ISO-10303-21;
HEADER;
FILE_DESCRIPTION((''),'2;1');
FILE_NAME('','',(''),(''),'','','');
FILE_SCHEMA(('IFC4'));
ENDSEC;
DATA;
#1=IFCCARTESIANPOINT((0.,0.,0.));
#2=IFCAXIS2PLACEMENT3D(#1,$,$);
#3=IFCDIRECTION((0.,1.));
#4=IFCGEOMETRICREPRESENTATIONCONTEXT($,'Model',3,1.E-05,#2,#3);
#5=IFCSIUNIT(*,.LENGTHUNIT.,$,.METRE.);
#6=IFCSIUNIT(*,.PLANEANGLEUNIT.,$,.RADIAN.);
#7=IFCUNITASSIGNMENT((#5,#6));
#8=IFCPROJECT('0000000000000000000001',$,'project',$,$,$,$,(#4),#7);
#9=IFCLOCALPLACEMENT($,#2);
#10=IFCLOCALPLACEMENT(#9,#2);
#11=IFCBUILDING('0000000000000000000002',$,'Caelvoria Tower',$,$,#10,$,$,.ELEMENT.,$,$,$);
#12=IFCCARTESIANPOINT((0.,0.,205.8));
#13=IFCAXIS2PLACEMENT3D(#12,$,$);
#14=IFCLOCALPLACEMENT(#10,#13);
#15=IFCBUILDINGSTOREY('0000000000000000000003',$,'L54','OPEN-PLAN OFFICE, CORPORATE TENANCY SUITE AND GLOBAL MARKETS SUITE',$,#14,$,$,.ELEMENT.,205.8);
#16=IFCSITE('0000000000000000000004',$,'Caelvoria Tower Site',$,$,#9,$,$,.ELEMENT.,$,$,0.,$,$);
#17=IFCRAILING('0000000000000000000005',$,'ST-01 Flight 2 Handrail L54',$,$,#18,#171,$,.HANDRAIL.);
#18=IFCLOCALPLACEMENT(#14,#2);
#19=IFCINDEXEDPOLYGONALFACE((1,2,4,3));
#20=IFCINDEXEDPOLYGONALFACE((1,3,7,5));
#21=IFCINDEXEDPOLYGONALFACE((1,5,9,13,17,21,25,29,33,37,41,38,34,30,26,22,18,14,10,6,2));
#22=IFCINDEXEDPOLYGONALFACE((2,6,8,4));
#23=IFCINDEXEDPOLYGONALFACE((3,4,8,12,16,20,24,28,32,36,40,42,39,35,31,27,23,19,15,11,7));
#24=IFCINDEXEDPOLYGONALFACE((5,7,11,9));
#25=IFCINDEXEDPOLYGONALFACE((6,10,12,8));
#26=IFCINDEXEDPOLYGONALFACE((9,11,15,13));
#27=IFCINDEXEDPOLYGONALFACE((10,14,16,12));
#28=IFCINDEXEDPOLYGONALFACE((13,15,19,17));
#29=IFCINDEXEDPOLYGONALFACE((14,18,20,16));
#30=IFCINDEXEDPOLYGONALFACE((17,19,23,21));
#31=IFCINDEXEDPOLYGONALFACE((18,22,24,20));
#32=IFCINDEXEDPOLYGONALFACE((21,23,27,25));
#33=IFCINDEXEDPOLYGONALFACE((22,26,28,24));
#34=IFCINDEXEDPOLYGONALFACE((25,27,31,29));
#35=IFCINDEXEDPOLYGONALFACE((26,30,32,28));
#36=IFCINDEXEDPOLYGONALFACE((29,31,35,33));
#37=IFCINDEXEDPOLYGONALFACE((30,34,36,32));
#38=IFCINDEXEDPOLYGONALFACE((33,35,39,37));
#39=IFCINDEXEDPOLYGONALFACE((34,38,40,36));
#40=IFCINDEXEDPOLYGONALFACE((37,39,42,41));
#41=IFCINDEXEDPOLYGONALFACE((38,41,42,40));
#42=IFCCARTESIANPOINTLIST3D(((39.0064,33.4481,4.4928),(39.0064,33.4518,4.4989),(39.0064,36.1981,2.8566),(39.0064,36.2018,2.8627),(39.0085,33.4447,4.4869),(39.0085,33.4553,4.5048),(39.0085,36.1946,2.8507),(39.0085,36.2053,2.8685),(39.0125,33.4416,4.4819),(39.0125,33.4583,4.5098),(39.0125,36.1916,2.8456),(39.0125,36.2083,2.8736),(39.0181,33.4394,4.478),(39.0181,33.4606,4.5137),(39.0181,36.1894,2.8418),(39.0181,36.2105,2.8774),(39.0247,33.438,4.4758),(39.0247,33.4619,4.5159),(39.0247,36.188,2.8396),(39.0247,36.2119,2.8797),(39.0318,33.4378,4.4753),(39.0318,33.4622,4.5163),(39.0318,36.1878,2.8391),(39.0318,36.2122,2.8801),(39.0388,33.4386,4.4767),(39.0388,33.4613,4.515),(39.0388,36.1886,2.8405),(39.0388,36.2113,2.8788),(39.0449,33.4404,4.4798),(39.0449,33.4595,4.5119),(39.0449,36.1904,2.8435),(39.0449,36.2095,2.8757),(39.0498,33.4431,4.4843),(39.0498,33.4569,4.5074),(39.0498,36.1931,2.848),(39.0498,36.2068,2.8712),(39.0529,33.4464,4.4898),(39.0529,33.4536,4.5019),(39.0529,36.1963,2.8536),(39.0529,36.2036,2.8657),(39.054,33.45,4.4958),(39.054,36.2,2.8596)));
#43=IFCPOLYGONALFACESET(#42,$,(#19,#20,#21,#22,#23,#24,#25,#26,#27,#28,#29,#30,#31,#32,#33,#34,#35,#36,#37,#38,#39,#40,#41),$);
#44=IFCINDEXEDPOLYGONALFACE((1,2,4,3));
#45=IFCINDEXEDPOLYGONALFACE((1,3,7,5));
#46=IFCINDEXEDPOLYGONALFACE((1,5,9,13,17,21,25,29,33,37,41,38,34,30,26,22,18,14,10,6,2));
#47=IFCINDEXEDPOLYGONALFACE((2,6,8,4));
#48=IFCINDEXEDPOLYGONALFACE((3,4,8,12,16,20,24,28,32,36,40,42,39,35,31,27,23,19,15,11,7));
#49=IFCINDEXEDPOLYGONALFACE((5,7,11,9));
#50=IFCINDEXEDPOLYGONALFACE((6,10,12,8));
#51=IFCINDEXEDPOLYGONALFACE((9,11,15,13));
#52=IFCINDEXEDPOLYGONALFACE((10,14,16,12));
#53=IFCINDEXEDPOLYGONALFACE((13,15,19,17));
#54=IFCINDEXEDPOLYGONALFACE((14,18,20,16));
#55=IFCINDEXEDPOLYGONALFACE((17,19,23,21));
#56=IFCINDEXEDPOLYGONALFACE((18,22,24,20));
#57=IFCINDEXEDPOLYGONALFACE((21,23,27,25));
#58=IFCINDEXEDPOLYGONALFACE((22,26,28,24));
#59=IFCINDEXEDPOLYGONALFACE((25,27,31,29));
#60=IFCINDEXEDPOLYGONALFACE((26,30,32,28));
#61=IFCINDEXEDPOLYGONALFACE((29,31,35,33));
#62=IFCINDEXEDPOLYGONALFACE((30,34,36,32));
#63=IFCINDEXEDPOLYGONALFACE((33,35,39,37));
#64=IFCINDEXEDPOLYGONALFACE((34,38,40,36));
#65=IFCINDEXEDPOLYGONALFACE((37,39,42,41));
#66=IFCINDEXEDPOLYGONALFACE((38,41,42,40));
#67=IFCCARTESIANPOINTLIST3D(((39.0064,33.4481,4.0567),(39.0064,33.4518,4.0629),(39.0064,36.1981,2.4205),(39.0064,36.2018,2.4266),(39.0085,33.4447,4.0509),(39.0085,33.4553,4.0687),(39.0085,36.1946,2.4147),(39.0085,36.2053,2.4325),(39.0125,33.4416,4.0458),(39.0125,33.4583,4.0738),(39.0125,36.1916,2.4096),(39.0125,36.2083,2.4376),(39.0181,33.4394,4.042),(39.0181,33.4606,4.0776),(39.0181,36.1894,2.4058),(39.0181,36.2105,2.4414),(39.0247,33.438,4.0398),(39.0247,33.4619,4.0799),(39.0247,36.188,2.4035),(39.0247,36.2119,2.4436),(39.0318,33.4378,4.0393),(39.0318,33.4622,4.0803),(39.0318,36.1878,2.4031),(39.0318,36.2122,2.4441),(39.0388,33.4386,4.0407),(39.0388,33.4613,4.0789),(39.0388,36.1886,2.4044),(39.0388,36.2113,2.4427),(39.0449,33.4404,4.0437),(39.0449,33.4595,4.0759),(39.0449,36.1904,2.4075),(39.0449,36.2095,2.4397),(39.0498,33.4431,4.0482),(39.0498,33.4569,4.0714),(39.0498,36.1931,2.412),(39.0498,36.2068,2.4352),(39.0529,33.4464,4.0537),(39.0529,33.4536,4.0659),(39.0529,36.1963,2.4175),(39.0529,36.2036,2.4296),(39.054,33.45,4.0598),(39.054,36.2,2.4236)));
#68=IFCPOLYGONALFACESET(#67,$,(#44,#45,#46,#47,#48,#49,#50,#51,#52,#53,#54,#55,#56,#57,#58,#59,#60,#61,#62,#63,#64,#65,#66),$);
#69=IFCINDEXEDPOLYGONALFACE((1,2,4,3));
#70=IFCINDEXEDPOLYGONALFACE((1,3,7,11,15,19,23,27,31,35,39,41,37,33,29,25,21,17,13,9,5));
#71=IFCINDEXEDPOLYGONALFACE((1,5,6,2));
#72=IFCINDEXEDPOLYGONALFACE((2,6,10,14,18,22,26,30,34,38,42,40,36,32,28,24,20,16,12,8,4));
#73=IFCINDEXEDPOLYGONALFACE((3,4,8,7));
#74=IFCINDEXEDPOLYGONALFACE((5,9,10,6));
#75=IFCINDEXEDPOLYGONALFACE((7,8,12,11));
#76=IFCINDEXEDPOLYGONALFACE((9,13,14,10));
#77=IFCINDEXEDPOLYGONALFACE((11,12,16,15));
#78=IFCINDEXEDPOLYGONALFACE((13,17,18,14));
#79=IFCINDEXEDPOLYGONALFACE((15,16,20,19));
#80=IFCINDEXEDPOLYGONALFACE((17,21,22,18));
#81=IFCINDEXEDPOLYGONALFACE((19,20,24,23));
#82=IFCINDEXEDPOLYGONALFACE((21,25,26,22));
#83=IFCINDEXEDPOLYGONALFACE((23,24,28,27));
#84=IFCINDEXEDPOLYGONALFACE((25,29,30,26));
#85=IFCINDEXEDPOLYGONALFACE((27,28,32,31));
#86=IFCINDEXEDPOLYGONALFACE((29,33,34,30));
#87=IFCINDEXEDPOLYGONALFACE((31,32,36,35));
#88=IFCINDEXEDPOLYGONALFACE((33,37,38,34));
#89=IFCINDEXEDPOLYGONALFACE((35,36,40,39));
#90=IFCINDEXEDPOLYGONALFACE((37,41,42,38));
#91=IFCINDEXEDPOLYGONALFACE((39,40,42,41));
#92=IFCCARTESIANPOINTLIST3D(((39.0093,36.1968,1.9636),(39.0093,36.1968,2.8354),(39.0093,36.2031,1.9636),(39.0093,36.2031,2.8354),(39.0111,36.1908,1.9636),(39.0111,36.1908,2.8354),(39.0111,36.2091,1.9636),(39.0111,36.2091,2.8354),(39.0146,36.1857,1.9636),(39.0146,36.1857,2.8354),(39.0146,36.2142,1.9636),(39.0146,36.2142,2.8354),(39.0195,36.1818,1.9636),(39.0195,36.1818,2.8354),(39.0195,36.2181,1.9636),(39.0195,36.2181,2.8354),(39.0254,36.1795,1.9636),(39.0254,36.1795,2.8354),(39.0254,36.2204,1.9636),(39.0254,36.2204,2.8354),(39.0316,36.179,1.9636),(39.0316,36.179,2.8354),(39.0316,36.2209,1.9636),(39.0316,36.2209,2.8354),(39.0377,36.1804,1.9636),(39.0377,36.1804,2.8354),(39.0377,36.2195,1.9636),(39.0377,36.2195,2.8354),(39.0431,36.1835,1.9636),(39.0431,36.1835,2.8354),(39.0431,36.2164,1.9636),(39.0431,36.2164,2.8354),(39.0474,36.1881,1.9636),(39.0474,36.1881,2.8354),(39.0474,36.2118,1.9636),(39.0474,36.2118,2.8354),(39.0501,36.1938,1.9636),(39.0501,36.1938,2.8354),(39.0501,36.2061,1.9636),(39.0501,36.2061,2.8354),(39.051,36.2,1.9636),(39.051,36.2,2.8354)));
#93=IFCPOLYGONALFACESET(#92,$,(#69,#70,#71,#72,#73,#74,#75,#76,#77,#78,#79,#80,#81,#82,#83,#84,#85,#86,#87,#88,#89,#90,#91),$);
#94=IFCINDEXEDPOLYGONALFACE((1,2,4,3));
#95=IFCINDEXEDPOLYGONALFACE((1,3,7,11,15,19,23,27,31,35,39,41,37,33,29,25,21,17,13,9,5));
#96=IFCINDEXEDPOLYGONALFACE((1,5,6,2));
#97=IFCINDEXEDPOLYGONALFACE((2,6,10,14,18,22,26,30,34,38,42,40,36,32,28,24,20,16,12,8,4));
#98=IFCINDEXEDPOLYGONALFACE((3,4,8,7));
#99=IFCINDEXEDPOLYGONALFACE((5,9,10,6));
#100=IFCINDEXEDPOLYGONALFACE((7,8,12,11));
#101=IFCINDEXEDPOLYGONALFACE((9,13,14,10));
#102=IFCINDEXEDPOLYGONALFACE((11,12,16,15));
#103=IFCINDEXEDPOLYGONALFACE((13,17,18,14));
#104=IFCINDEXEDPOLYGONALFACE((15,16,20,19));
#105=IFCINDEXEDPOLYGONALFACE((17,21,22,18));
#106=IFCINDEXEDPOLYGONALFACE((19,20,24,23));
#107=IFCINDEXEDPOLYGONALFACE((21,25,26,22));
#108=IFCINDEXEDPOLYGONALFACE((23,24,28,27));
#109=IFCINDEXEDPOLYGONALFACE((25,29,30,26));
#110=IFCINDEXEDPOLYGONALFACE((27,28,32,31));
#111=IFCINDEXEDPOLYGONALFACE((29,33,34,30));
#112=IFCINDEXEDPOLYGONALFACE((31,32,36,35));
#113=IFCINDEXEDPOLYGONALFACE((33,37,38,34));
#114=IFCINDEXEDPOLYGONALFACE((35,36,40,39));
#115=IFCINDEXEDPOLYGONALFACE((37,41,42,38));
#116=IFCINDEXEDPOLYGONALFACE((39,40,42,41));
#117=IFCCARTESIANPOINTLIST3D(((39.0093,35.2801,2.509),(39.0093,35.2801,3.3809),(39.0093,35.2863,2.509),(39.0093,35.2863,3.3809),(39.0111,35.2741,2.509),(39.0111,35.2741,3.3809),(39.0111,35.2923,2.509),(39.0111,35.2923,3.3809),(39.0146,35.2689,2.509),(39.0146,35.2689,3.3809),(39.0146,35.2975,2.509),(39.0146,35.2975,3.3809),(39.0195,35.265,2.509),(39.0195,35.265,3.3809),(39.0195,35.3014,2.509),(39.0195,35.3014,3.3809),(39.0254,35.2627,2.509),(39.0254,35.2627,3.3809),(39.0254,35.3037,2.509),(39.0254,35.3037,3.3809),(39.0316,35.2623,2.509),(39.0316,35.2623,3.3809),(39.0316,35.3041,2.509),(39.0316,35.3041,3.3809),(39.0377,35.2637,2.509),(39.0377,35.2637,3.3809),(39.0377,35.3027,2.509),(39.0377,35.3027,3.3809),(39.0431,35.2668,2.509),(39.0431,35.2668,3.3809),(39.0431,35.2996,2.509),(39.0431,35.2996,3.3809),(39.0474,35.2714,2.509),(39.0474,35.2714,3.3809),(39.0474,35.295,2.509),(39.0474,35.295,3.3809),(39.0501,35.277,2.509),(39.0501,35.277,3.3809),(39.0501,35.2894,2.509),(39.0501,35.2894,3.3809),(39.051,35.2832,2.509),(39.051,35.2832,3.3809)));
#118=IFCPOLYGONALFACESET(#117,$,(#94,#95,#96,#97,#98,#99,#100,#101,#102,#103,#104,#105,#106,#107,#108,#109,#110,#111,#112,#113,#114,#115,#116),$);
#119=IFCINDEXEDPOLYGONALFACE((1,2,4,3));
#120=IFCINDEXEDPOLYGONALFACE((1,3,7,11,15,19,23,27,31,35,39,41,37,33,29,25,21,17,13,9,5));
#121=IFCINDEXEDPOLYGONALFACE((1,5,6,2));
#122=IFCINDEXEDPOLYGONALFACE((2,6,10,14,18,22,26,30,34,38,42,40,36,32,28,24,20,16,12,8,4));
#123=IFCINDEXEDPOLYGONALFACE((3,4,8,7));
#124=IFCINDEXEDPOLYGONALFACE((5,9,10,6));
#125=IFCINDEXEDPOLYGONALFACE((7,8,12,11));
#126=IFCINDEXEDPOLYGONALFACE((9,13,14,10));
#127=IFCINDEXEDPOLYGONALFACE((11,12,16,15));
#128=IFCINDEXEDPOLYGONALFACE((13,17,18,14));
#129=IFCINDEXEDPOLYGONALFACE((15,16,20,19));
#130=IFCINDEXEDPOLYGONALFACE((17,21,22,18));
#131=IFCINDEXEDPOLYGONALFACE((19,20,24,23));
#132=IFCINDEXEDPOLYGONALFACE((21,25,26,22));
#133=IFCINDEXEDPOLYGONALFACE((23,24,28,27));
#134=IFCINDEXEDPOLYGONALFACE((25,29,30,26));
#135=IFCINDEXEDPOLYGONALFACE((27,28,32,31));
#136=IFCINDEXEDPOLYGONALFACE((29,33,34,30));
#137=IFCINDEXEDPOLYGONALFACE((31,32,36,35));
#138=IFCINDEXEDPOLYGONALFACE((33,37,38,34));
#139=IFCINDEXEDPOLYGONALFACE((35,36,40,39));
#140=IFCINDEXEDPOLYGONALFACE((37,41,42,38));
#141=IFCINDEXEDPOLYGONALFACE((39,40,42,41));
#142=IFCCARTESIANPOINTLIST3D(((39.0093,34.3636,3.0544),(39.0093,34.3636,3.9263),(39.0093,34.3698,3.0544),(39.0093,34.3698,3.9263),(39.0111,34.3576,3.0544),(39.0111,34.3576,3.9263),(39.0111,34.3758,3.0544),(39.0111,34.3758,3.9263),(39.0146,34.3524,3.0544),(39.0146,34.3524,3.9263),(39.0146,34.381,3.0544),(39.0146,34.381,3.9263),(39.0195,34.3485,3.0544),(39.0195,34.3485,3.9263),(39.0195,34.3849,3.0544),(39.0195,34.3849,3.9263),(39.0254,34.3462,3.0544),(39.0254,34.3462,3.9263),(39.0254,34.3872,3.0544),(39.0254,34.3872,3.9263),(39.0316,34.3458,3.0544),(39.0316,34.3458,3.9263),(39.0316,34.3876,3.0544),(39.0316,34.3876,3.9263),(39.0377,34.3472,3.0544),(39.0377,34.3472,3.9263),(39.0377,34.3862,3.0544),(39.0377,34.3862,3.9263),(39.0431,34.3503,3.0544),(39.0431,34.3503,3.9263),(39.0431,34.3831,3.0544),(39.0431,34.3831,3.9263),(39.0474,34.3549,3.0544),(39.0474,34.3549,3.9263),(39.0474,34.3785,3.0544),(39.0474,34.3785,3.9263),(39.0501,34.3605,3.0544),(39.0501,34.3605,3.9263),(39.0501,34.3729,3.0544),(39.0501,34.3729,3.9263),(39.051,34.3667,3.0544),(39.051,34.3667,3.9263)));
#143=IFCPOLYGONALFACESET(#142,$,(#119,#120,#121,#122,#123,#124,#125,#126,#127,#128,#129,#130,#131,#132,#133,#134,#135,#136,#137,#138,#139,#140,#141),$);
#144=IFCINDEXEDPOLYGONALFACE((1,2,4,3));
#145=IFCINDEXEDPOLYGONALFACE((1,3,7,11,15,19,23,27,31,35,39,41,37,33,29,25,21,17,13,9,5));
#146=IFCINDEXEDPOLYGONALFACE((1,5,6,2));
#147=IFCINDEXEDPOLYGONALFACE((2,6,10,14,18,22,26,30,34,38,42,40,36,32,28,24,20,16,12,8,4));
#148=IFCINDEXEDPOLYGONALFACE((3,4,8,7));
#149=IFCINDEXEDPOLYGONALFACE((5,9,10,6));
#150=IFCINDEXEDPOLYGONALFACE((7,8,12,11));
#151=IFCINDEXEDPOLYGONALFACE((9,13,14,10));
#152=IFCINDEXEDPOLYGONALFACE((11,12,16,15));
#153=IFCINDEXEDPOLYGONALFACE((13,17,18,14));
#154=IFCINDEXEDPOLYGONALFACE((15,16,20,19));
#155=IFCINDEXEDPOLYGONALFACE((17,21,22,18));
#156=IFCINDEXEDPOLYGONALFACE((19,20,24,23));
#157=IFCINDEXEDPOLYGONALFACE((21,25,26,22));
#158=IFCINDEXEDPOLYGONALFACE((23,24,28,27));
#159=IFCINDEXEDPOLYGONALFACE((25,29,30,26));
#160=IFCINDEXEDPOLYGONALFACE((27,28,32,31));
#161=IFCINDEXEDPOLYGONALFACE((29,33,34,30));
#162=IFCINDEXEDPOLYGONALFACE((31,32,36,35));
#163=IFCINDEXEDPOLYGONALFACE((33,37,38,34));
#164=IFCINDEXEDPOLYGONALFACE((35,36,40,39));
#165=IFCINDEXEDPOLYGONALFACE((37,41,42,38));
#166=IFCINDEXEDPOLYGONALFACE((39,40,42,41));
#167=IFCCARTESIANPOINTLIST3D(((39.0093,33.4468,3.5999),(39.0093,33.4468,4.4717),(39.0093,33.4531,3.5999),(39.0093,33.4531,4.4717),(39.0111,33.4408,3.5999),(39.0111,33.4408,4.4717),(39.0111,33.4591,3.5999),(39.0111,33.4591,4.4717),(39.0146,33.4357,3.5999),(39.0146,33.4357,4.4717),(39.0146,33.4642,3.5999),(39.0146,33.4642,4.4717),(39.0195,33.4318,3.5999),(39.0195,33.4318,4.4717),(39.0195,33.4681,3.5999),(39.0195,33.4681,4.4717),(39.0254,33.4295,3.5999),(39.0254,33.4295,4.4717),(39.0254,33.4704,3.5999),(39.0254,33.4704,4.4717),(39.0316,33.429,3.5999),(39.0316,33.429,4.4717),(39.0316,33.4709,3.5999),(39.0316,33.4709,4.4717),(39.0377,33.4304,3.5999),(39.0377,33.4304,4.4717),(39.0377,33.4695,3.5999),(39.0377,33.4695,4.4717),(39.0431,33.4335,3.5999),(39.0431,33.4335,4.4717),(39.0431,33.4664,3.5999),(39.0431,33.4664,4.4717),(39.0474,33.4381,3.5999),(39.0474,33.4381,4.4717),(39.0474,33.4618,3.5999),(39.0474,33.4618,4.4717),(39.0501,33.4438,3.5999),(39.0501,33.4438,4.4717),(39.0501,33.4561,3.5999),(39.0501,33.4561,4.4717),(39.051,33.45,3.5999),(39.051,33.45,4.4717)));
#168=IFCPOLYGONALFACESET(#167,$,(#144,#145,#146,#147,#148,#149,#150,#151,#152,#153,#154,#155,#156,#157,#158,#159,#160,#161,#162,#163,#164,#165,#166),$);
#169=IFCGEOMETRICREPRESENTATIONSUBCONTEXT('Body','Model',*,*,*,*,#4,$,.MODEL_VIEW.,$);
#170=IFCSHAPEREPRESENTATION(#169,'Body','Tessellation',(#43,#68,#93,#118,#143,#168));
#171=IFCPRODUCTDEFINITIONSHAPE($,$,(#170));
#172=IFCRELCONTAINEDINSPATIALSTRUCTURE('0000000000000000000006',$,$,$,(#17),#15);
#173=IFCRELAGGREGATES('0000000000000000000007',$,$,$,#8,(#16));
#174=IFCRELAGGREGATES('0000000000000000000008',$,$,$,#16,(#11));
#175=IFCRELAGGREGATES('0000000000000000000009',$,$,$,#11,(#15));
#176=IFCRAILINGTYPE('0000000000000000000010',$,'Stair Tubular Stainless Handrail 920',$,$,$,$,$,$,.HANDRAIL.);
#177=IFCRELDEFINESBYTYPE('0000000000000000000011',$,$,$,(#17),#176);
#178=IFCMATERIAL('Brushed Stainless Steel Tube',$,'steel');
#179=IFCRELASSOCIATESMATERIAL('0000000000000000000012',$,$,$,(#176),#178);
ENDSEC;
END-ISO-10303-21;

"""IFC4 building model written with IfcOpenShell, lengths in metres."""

from ifc_helpers import new_model, si_unit, direction, frame, origin, origin_2d, place, context, subcontext, project, spatial, circle, extrude, material, type_object, element, save


model = new_model("IFC4")

# Units and contexts
model_context = context("Model", 3, precision=1e-05, world=origin(), true_north=direction((0.0, 1.0)))
body_context = subcontext(model_context, "Body", "Model", "MODEL_VIEW")
ifc_project = project(units=[si_unit("LENGTHUNIT", "METRE"), si_unit("PLANEANGLEUNIT", "RADIAN")], contexts=[model_context])

# Site, building, storey
site_placement = place(None, origin())
site = spatial("IfcSite", under=ifc_project, at=site_placement, Name="Caelvoria Tower Site", CompositionType="ELEMENT", RefElevation=0.0)
building_placement = place(site_placement, origin())
building = spatial("IfcBuilding", under=site, at=building_placement, Name="Caelvoria Tower", CompositionType="ELEMENT")
storey_placement = place(building_placement, frame((0.0, 0.0, 205.8)))
storey = spatial("IfcBuildingStorey", under=building, at=storey_placement, Name="L54", Description="OPEN-PLAN OFFICE, CORPORATE TENANCY SUITE AND GLOBAL MARKETS SUITE", CompositionType="ELEMENT", Elevation=205.8)

# Railing
ifc_material_1 = material(Name="Brushed Stainless Steel Tube", Category="steel")
railing_type_1 = type_object("IfcRailingType", Name="Stair Tubular Stainless Handrail 920", PredefinedType="HANDRAIL", material=ifc_material_1)
railing_1_placement = place(storey_placement, frame((39.03, 36.2, 1.9636)))
element("IfcRailing", 1, at=railing_1_placement, inside=storey, type_object=railing_type_1, Name="ST-01 Flight 2 Handrail L54", PredefinedType="HANDRAIL", context=body_context, shape_type="SweptSolid", body=[
    extrude(circle(Radius=0.0239, at=origin_2d()), frame((0.0, 0.0, 0.896), z_axis=(0.0, -0.859385, 0.511328), x_axis=(1.0, 0.0, 0.0)), (0.0, 0.0, 1.0), 3.2),
    extrude(circle(Radius=0.0239, at=origin_2d()), frame((0.0, 0.0, 0.46), z_axis=(0.0, -0.859385, 0.511328), x_axis=(1.0, 0.0, 0.0)), (0.0, 0.0, 1.0), 3.2),
    extrude(circle(Radius=0.021, at=origin_2d()), origin(), (0.0, 0.0, 1.0), 0.8718),
    extrude(circle(Radius=0.021, at=origin_2d()), frame((0.0, -0.9167, 0.5454)), (0.0, 0.0, 1.0), 0.8718),
    extrude(circle(Radius=0.021, at=origin_2d()), frame((0.0, -1.8333, 1.0908)), (0.0, 0.0, 1.0), 0.8718),
    extrude(circle(Radius=0.021, at=origin_2d()), frame((0.0, -2.75, 1.6362)), (0.0, 0.0, 1.0), 0.8718),
])

save(model, "model.ifc")
